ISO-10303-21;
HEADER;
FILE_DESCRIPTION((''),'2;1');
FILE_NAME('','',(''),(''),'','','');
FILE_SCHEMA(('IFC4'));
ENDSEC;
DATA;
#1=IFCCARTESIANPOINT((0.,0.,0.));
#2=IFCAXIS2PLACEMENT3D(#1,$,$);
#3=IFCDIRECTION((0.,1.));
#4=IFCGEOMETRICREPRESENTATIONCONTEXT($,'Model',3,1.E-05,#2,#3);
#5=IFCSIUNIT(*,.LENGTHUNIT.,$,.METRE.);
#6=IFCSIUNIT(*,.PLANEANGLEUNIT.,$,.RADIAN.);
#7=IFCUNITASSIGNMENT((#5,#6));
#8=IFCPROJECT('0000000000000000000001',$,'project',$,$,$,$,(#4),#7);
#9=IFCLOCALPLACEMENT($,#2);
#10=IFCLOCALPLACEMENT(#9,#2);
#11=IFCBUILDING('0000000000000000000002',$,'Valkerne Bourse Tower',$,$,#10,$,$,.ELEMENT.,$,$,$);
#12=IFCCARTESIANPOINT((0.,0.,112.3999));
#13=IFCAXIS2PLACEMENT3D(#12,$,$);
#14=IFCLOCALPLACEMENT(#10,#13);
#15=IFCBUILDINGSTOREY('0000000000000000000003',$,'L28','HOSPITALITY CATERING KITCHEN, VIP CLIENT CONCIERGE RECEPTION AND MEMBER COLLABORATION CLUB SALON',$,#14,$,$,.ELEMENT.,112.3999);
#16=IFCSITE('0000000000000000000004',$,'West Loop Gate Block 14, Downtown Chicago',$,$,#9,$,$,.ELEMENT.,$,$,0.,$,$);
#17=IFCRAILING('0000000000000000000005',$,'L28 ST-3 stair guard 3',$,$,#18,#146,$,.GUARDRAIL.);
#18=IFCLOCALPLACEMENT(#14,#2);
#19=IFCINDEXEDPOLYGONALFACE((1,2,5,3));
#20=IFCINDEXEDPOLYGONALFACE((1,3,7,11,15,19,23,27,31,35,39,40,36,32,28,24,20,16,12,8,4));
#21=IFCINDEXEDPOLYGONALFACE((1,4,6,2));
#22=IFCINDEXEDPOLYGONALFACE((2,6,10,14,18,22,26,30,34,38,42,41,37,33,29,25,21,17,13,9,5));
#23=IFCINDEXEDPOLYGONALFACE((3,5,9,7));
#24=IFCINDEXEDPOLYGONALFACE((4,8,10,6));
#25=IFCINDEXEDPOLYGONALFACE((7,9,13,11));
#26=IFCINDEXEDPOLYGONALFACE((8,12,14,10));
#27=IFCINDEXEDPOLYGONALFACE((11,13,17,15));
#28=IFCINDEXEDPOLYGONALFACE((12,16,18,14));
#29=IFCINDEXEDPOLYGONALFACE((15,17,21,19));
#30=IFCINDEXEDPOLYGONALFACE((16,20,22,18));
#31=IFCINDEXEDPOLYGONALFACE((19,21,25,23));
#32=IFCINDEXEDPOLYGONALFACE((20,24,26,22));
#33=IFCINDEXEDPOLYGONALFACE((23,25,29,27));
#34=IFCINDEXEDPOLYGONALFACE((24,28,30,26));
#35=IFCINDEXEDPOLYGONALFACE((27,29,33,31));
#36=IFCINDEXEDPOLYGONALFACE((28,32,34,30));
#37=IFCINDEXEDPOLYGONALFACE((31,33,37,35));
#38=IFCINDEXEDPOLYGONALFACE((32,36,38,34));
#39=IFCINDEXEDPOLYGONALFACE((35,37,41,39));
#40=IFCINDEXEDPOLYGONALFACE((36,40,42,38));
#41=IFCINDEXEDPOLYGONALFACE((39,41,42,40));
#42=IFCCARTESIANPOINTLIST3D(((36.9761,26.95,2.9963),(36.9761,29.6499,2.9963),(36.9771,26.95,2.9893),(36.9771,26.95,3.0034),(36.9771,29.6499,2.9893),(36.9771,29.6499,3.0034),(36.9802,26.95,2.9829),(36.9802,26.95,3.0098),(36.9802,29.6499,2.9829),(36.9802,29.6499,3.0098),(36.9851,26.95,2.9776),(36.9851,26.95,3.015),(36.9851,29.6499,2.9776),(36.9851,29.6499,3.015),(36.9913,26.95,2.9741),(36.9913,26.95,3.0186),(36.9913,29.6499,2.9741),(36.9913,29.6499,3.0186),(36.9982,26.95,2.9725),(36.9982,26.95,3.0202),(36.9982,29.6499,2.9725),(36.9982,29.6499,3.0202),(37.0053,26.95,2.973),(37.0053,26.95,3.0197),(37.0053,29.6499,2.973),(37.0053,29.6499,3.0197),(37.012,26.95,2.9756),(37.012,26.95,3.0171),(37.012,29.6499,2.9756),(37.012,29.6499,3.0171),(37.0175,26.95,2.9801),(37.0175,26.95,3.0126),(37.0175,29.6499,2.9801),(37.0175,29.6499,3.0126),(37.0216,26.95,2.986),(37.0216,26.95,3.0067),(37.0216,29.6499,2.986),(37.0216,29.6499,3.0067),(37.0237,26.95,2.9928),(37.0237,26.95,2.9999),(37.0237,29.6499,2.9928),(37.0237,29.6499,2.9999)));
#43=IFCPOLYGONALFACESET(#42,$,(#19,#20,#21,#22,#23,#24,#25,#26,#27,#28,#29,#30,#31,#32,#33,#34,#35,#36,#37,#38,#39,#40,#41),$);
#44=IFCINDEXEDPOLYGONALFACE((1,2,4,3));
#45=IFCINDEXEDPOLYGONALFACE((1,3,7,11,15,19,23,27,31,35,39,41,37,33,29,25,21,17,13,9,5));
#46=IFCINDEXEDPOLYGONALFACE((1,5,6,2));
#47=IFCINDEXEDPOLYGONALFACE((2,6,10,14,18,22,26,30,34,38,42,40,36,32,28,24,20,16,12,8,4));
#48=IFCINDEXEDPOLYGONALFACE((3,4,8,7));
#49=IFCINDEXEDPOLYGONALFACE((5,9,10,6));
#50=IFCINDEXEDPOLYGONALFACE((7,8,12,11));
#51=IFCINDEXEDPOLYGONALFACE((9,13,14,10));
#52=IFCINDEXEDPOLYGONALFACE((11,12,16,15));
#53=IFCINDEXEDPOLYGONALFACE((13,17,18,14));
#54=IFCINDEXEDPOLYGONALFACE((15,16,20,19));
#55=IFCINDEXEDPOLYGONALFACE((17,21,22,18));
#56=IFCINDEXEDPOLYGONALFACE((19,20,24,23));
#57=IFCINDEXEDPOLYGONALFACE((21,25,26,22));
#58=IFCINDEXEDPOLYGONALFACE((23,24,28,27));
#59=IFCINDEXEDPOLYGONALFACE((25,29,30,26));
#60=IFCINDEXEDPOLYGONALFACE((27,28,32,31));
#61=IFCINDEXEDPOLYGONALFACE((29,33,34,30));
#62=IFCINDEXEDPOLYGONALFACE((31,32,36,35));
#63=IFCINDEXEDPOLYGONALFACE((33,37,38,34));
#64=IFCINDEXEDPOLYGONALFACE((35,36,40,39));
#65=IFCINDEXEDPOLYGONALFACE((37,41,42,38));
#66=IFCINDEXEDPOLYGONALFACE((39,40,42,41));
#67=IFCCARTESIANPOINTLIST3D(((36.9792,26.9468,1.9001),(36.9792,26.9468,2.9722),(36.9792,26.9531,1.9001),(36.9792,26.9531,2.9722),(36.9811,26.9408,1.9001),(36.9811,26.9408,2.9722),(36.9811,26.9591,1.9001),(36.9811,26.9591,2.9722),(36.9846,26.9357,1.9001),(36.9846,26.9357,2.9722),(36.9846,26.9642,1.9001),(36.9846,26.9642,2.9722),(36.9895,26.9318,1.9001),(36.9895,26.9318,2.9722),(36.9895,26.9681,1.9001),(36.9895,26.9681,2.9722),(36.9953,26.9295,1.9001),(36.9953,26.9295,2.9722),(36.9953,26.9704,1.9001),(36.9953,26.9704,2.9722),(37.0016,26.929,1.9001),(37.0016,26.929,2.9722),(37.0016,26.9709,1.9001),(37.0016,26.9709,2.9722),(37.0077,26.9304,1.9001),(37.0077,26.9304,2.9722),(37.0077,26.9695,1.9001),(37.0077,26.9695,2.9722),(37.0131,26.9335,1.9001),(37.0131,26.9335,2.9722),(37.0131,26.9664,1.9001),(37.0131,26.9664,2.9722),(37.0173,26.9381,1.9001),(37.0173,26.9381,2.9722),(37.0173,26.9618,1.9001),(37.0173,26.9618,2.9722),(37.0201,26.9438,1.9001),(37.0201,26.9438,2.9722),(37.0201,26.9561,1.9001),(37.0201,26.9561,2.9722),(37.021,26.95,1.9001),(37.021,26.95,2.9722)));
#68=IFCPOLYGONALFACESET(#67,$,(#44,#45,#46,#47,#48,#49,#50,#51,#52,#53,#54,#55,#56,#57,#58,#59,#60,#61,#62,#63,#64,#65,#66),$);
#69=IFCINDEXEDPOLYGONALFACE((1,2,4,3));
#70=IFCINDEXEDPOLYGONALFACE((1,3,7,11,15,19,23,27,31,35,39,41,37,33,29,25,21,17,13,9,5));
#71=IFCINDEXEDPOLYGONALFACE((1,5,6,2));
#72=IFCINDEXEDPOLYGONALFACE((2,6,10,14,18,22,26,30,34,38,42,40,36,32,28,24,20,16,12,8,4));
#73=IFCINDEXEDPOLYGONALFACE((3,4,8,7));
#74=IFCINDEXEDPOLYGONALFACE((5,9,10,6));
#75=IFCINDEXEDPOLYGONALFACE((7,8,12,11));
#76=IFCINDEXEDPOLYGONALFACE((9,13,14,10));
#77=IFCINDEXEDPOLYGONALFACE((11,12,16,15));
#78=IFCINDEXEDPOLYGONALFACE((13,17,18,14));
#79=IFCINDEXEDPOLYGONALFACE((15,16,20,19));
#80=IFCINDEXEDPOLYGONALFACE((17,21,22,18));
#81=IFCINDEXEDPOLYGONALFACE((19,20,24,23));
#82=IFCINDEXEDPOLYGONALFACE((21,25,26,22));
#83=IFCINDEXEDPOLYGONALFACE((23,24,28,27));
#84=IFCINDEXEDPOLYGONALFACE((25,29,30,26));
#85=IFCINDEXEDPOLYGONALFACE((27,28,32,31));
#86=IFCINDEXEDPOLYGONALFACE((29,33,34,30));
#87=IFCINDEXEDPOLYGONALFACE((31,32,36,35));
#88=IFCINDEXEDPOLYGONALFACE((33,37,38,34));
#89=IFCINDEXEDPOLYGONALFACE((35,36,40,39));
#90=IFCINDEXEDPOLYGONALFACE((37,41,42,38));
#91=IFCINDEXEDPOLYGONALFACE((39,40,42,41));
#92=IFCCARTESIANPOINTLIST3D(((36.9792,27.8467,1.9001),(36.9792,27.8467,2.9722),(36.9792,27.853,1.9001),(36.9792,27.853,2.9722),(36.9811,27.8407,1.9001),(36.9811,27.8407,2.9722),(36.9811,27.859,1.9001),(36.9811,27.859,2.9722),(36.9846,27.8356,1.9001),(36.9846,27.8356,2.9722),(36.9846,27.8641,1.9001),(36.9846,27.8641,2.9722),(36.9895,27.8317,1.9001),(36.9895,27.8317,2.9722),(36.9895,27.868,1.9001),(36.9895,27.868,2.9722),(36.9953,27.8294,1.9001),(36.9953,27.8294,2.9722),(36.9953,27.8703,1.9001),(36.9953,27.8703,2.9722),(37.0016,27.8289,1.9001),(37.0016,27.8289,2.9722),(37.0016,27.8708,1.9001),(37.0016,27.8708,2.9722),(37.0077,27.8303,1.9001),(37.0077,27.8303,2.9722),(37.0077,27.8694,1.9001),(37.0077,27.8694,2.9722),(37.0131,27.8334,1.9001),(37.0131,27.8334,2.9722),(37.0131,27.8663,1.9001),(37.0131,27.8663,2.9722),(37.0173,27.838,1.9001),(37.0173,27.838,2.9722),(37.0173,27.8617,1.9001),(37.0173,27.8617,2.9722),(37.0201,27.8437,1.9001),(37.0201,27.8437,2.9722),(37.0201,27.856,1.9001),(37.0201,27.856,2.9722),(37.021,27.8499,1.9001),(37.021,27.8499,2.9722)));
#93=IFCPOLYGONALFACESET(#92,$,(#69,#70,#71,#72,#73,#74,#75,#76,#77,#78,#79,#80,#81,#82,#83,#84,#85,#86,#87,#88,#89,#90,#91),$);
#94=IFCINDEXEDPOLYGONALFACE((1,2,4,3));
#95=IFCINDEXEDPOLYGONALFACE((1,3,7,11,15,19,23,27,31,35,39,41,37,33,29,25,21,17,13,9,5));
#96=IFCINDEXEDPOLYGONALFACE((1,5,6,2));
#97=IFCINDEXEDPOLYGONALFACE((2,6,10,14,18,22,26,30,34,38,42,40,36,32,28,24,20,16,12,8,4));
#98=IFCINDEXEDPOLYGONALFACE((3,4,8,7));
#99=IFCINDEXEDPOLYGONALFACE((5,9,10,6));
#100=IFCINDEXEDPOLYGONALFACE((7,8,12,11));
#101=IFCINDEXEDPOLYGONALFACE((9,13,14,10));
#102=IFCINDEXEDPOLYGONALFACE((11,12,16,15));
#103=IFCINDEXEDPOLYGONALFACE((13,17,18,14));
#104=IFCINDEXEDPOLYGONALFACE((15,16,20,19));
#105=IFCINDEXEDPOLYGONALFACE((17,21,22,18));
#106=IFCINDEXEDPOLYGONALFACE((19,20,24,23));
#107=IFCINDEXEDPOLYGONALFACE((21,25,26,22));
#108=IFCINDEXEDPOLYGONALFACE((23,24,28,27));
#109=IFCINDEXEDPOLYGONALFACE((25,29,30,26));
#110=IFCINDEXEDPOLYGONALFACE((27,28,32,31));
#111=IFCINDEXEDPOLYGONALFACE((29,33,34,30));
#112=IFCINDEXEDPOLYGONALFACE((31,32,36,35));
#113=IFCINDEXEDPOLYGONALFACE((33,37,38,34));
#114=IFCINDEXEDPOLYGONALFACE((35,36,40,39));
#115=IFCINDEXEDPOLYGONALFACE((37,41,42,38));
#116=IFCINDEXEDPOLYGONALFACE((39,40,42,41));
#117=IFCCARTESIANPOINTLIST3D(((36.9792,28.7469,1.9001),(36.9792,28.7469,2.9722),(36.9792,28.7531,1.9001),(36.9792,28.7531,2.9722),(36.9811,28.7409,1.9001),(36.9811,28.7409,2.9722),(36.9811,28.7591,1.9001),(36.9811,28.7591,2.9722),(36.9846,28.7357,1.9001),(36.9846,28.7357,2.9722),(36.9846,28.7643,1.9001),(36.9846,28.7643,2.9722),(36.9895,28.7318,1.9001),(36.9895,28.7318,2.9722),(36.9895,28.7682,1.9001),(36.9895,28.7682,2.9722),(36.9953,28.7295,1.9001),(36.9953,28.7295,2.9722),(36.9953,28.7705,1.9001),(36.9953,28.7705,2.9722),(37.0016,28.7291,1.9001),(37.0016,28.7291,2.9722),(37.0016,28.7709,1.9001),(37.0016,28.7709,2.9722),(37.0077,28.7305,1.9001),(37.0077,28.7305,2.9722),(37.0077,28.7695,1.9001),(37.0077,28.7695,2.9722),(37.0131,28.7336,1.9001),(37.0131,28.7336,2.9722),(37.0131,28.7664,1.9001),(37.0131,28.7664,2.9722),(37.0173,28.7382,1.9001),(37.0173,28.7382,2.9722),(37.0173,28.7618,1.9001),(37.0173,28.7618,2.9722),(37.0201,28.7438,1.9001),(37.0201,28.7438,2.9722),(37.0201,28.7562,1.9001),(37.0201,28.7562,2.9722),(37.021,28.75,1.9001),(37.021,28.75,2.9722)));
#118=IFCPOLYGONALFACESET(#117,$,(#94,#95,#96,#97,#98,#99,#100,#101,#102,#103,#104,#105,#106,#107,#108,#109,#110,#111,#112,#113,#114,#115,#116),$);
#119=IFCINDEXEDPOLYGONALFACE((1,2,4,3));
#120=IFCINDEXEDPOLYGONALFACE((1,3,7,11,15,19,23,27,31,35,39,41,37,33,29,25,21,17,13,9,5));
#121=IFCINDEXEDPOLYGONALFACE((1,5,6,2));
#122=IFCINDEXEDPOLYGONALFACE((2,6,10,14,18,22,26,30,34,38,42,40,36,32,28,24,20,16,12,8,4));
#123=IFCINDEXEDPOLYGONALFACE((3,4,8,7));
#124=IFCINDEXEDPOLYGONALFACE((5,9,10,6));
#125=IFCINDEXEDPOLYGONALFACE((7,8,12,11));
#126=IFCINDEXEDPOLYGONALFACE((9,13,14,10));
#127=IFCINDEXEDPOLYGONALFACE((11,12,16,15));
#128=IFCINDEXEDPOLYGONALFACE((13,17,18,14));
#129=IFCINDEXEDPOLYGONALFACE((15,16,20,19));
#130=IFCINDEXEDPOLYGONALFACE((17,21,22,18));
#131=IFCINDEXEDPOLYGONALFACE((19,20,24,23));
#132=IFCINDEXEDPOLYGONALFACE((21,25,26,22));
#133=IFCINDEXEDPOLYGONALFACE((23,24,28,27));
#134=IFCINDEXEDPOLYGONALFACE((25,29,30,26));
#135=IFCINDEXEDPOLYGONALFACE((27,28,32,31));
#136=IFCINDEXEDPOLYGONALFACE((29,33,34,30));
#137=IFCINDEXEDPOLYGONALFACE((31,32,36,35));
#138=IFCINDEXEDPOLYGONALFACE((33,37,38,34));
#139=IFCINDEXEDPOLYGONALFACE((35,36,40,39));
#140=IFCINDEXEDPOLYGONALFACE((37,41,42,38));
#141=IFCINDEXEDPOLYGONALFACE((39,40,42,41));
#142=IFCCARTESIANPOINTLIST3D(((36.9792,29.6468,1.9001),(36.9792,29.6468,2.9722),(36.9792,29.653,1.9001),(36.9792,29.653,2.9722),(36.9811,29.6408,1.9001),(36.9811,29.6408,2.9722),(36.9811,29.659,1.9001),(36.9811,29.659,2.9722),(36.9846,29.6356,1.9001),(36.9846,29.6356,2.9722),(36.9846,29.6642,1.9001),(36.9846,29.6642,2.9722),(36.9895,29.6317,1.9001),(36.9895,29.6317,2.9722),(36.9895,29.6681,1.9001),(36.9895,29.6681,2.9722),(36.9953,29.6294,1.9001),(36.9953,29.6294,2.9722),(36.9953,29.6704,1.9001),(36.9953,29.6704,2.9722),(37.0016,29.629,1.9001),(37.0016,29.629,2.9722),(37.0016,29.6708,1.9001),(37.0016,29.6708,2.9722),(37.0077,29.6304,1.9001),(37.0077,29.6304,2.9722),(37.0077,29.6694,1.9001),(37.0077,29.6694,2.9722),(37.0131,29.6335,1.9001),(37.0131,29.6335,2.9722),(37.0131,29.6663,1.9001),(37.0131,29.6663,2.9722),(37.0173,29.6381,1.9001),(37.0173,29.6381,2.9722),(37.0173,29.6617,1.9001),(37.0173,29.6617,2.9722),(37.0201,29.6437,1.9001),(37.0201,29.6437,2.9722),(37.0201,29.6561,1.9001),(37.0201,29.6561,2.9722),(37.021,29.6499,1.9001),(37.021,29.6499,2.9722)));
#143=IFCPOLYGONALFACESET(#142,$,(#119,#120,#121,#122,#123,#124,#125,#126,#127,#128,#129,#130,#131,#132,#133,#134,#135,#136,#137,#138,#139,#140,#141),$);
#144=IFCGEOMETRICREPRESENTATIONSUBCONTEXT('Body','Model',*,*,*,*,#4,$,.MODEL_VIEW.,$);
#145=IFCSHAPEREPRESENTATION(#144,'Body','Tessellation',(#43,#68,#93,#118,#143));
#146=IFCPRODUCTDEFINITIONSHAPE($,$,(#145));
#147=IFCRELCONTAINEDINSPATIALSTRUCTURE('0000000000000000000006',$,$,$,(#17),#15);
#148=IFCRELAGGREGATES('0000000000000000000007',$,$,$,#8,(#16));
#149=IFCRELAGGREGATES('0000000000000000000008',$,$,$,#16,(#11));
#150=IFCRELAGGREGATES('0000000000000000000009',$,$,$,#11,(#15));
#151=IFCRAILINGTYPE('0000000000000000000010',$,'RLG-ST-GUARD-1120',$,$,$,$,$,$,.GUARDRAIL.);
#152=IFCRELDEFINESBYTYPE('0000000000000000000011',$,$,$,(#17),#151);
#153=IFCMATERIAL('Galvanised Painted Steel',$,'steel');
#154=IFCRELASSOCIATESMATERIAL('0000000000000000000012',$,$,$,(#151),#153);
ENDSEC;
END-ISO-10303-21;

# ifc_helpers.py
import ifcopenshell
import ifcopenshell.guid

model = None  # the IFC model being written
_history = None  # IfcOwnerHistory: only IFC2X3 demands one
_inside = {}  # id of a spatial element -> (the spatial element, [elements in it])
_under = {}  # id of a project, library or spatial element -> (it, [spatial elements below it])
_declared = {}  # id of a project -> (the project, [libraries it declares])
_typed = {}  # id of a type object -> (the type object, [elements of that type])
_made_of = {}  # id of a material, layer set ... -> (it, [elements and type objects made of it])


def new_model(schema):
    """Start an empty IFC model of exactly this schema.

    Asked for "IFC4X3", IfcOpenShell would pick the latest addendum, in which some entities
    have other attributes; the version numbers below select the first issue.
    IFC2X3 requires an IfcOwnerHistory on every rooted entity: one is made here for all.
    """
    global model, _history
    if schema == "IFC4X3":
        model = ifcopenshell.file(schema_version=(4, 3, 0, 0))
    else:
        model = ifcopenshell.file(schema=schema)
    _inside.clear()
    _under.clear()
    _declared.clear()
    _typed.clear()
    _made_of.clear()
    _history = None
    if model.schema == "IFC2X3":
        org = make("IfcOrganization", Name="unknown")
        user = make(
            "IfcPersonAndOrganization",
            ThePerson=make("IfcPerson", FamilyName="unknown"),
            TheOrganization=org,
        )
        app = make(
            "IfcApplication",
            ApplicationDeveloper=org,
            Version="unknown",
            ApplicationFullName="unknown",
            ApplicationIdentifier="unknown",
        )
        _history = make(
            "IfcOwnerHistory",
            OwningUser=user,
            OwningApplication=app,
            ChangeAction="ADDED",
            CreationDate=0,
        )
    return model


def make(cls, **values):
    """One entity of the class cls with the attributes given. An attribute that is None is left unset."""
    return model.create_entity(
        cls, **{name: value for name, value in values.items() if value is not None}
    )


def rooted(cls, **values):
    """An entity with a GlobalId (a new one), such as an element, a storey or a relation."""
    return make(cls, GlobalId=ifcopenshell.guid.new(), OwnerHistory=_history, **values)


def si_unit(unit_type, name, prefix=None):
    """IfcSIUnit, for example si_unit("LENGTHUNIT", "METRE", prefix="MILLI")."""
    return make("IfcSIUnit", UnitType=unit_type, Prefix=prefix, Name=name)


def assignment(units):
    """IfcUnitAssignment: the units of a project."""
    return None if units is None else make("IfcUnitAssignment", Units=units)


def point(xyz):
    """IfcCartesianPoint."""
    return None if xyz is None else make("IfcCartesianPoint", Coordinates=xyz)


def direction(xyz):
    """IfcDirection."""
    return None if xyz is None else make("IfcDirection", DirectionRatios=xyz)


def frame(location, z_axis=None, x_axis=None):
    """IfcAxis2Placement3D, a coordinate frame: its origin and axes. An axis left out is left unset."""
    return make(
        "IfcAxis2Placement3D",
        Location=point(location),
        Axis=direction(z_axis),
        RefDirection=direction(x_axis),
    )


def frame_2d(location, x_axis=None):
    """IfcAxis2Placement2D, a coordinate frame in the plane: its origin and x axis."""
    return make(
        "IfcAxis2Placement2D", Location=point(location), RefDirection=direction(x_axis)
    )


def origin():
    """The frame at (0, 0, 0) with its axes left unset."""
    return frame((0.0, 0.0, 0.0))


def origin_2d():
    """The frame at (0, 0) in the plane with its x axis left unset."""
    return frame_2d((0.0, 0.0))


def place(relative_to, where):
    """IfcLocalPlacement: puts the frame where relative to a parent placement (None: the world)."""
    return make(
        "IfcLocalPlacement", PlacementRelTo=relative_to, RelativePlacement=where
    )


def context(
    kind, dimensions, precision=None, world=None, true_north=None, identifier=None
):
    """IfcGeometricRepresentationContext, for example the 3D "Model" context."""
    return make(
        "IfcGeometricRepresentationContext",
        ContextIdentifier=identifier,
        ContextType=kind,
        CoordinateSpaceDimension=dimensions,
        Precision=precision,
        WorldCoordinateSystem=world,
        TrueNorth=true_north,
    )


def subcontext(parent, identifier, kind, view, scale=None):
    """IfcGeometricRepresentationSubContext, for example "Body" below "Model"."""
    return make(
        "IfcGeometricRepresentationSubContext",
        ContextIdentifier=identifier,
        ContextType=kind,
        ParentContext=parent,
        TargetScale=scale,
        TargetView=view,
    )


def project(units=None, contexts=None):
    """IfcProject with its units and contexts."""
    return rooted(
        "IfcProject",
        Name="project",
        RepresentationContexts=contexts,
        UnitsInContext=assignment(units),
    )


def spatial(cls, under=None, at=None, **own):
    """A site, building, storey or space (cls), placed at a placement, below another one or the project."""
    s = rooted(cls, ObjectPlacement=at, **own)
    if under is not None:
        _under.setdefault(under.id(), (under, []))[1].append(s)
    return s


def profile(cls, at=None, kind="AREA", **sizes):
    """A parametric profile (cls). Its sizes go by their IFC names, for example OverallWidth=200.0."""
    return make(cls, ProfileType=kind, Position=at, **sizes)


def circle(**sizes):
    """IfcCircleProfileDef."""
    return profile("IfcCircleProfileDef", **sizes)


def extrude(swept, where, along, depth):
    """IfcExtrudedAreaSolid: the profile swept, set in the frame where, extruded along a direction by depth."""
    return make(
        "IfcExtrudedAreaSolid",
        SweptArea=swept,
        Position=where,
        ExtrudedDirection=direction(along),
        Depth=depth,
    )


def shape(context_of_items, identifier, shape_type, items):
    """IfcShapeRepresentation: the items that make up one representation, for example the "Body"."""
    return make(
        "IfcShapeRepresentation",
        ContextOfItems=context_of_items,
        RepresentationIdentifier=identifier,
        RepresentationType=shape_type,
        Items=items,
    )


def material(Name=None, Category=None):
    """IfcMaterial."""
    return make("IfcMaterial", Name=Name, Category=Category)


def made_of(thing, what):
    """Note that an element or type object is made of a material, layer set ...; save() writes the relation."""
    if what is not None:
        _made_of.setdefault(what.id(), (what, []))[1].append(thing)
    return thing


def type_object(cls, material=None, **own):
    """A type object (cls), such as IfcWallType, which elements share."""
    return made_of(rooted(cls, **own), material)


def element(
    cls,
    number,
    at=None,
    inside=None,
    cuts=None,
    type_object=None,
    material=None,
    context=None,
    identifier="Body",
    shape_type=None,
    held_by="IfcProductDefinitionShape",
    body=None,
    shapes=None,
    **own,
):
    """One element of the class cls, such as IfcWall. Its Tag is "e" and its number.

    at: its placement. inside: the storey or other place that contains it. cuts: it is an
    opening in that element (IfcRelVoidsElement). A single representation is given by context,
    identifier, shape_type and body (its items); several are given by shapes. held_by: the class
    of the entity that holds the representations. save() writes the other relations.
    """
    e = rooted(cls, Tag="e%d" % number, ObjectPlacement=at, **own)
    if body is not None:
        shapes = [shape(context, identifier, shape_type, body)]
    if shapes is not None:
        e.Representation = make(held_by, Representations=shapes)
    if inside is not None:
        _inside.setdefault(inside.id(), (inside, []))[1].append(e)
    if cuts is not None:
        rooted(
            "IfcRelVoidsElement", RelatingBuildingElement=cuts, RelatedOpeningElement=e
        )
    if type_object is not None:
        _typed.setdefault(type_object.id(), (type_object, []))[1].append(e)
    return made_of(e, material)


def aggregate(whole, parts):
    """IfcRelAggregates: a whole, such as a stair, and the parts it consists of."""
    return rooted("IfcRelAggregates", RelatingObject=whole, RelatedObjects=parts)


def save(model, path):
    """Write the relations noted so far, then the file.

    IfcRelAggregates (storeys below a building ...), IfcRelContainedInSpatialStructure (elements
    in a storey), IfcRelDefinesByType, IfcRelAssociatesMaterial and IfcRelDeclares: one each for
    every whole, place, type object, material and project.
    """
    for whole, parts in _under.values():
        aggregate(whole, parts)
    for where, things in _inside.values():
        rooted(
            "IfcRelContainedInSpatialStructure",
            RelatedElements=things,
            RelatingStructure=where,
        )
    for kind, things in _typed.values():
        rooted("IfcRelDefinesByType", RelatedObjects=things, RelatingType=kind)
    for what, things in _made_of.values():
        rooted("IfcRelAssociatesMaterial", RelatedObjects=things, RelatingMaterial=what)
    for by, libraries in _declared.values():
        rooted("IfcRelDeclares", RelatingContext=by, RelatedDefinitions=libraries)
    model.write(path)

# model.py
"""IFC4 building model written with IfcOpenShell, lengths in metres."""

from ifc_helpers import new_model, si_unit, direction, frame, origin, origin_2d, place, context, subcontext, project, spatial, circle, extrude, material, type_object, element, save


model = new_model("IFC4")

# Units and contexts
model_context = context("Model", 3, precision=1e-05, world=origin(), true_north=direction((0.0, 1.0)))
body_context = subcontext(model_context, "Body", "Model", "MODEL_VIEW")
ifc_project = project(units=[si_unit("LENGTHUNIT", "METRE"), si_unit("PLANEANGLEUNIT", "RADIAN")], contexts=[model_context])

# Site, building, storey
site_placement = place(None, origin())
site = spatial("IfcSite", under=ifc_project, at=site_placement, Name="West Loop Gate Block 14, Downtown Chicago", CompositionType="ELEMENT", RefElevation=0.0)
building_placement = place(site_placement, origin())
building = spatial("IfcBuilding", under=site, at=building_placement, Name="Valkerne Bourse Tower", CompositionType="ELEMENT")
storey_placement = place(building_placement, frame((0.0, 0.0, 112.3999)))
storey = spatial("IfcBuildingStorey", under=building, at=storey_placement, Name="L28", Description="HOSPITALITY CATERING KITCHEN, VIP CLIENT CONCIERGE RECEPTION AND MEMBER COLLABORATION CLUB SALON", CompositionType="ELEMENT", Elevation=112.3999)

# Railing
ifc_material_1 = material(Name="Galvanised Painted Steel", Category="steel")
railing_type_1 = type_object("IfcRailingType", Name="RLG-ST-GUARD-1120", PredefinedType="GUARDRAIL", material=ifc_material_1)
for number, where, name in (
    (1, (37.0, 26.95, 1.9001), "L28 ST-3 stair guard 3"),
):
    element("IfcRailing", number, at=place(storey_placement, frame(where)), inside=storey, type_object=railing_type_1, Name=name, PredefinedType="GUARDRAIL", context=body_context, shape_type="SweptSolid", body=[
        extrude(circle(Radius=0.0239, at=origin_2d()), frame((0.0, 0.0, 1.0962), z_axis=(0.0, 1.0, 0.0), x_axis=(-1.0, 0.0, 0.0)), (0.0, 0.0, 1.0), 2.7),
        extrude(circle(Radius=0.021, at=origin_2d()), origin(), (0.0, 0.0, 1.0), 1.072),
        extrude(circle(Radius=0.021, at=origin_2d()), frame((0.0, 0.8999, 0.0)), (0.0, 0.0, 1.0), 1.072),
        extrude(circle(Radius=0.021, at=origin_2d()), frame((0.0, 1.8, 0.0)), (0.0, 0.0, 1.0), 1.072),
        extrude(circle(Radius=0.021, at=origin_2d()), frame((0.0, 2.7, 0.0)), (0.0, 0.0, 1.0), 1.072),
    ])

save(model, "model.ifc")
